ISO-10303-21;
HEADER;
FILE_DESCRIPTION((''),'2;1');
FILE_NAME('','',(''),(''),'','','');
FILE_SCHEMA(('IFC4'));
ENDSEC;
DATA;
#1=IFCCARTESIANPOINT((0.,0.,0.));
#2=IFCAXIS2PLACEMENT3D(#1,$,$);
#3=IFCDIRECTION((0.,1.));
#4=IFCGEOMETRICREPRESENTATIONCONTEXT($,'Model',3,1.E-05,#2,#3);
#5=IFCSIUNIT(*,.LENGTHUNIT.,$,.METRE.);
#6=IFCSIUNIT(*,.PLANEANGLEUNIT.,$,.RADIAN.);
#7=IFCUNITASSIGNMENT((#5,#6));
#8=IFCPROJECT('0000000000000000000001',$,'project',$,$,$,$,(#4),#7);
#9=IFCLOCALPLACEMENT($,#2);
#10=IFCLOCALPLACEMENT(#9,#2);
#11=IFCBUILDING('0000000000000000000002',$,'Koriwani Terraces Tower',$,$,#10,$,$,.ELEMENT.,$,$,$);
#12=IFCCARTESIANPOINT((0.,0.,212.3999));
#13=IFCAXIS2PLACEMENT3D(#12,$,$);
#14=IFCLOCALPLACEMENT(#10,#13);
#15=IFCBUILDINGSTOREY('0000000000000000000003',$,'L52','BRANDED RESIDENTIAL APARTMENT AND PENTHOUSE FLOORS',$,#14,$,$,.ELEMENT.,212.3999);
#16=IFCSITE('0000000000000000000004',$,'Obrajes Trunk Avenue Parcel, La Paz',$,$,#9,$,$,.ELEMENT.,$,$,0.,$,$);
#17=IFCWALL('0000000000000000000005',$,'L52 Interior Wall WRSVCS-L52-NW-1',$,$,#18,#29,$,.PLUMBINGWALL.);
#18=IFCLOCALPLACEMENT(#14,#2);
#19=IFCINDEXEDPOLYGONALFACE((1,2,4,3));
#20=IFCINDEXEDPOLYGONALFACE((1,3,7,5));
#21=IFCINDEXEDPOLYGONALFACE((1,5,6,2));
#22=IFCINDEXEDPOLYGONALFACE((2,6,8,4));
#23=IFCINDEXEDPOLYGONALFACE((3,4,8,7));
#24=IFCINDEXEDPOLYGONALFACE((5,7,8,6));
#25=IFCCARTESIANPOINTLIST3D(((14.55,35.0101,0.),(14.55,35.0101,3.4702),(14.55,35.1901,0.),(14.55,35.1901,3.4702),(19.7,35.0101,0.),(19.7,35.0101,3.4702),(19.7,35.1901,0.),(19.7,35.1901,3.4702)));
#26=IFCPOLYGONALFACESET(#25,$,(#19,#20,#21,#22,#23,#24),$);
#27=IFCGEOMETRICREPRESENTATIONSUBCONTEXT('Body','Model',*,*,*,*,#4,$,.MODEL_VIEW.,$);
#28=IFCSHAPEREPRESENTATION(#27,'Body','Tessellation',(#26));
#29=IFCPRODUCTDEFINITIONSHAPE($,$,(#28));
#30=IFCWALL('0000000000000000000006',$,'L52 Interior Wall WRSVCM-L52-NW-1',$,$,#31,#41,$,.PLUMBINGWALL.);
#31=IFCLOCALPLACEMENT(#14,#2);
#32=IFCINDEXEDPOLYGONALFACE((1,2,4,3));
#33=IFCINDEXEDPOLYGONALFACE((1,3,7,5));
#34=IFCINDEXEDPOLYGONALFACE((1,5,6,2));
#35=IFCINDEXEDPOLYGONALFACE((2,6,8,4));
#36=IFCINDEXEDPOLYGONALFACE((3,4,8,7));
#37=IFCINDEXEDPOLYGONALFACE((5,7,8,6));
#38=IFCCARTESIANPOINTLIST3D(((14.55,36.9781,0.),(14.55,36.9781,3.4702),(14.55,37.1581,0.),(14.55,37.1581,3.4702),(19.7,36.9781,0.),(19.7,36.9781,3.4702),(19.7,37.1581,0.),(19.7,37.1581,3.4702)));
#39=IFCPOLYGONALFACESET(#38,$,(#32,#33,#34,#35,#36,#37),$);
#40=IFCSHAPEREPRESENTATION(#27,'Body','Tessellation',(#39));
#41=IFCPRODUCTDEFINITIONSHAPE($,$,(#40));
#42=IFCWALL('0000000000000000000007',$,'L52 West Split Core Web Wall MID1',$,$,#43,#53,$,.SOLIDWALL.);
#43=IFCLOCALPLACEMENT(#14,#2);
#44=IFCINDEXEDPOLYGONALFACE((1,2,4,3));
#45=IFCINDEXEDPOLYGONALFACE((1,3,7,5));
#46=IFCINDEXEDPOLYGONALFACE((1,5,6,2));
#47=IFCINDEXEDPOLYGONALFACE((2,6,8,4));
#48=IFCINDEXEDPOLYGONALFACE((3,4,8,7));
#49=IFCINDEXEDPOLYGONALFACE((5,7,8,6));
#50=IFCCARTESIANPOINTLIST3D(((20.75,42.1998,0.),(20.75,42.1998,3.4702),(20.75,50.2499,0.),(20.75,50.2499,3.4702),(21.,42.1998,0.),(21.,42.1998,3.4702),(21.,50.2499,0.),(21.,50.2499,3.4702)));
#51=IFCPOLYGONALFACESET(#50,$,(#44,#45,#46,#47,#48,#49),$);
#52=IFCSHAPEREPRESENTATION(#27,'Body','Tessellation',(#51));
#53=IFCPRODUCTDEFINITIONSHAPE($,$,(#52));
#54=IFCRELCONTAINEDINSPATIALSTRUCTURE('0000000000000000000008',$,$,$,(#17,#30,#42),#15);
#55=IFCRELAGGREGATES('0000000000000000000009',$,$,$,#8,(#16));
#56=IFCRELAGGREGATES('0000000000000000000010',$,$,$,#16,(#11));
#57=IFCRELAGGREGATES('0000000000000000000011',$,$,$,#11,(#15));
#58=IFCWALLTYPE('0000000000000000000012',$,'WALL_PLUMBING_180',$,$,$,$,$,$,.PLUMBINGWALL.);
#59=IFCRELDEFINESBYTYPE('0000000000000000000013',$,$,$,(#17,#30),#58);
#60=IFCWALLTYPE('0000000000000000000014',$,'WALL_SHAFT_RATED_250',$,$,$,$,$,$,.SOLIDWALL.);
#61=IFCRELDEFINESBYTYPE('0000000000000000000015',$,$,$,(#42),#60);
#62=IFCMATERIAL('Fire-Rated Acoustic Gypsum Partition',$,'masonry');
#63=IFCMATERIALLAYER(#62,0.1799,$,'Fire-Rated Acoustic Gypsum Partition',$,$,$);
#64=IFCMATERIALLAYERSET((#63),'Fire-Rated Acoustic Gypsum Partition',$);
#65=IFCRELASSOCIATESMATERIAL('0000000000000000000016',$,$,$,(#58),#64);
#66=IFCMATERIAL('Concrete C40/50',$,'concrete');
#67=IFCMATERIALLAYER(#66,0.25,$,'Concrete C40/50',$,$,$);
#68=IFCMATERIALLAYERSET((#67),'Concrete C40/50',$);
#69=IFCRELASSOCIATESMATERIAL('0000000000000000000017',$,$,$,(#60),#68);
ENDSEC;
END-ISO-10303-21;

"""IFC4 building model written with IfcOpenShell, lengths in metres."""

from ifc_helpers import new_model, si_unit, direction, frame, frame_2d, origin, place, context, subcontext, project, spatial, rectangle, extrude, material, layer, layer_set, type_object, element, save


model = new_model("IFC4")

# Units and contexts
model_context = context("Model", 3, precision=1e-05, world=origin(), true_north=direction((0.0, 1.0)))
body_context = subcontext(model_context, "Body", "Model", "MODEL_VIEW")
ifc_project = project(units=[si_unit("LENGTHUNIT", "METRE"), si_unit("PLANEANGLEUNIT", "RADIAN")], contexts=[model_context])

# Site, building, storey
site_placement = place(None, origin())
site = spatial("IfcSite", under=ifc_project, at=site_placement, Name="Obrajes Trunk Avenue Parcel, La Paz", CompositionType="ELEMENT", RefElevation=0.0)
building_placement = place(site_placement, origin())
building = spatial("IfcBuilding", under=site, at=building_placement, Name="Koriwani Terraces Tower", CompositionType="ELEMENT")
storey_placement = place(building_placement, frame((0.0, 0.0, 212.3999)))
storey = spatial("IfcBuildingStorey", under=building, at=storey_placement, Name="L52", Description="BRANDED RESIDENTIAL APARTMENT AND PENTHOUSE FLOORS", CompositionType="ELEMENT", Elevation=212.3999)

# Walls
ifc_material_1 = material(Name="Fire-Rated Acoustic Gypsum Partition", Category="masonry")
ifc_layer_1 = layer(ifc_material_1, 0.1799, Name="Fire-Rated Acoustic Gypsum Partition")
ifc_layer_set_1 = layer_set([ifc_layer_1], Name="Fire-Rated Acoustic Gypsum Partition")
wall_type_1 = type_object("IfcWallType", Name="WALL_PLUMBING_180", PredefinedType="PLUMBINGWALL", material=ifc_layer_set_1)
for number, where, z_axis, x_axis, name in (
    (1, (14.55, 35.1001, 0.0), (0.0, 0.0, 1.0), (1.0, 0.0, 0.0), "L52 Interior Wall WRSVCS-L52-NW-1"),
    (2, (14.55, 37.0681, 0.0), (0.0, 0.0, 1.0), (1.0, 0.0, 0.0), "L52 Interior Wall WRSVCM-L52-NW-1"),
):
    element("IfcWall", number, at=place(storey_placement, frame(where, z_axis=z_axis, x_axis=x_axis)), inside=storey, type_object=wall_type_1, Name=name, PredefinedType="PLUMBINGWALL", context=body_context, shape_type="SweptSolid", body=[
        extrude(rectangle(XDim=5.1499, YDim=0.1799, at=frame_2d((2.575, 0.0))), origin(), (0.0, 0.0, 1.0), 3.4702),
    ])
ifc_material_2 = material(Name="Concrete C40/50", Category="concrete")
ifc_layer_2 = layer(ifc_material_2, 0.25, Name="Concrete C40/50")
ifc_layer_set_2 = layer_set([ifc_layer_2], Name="Concrete C40/50")
wall_type_2 = type_object("IfcWallType", Name="WALL_SHAFT_RATED_250", PredefinedType="SOLIDWALL", material=ifc_layer_set_2)
wall_1_placement = place(storey_placement, frame((20.875, 42.2, 0.0), z_axis=(0.0, 0.0, 1.0), x_axis=(0.0, 1.0, 0.0)))
element("IfcWall", 3, at=wall_1_placement, inside=storey, type_object=wall_type_2, Name="L52 West Split Core Web Wall MID1", PredefinedType="SOLIDWALL", context=body_context, shape_type="SweptSolid", body=[
    extrude(rectangle(XDim=8.05, YDim=0.25, at=frame_2d((4.0249, 0.0))), origin(), (0.0, 0.0, 1.0), 3.4702),
])

save(model, "model.ifc")
